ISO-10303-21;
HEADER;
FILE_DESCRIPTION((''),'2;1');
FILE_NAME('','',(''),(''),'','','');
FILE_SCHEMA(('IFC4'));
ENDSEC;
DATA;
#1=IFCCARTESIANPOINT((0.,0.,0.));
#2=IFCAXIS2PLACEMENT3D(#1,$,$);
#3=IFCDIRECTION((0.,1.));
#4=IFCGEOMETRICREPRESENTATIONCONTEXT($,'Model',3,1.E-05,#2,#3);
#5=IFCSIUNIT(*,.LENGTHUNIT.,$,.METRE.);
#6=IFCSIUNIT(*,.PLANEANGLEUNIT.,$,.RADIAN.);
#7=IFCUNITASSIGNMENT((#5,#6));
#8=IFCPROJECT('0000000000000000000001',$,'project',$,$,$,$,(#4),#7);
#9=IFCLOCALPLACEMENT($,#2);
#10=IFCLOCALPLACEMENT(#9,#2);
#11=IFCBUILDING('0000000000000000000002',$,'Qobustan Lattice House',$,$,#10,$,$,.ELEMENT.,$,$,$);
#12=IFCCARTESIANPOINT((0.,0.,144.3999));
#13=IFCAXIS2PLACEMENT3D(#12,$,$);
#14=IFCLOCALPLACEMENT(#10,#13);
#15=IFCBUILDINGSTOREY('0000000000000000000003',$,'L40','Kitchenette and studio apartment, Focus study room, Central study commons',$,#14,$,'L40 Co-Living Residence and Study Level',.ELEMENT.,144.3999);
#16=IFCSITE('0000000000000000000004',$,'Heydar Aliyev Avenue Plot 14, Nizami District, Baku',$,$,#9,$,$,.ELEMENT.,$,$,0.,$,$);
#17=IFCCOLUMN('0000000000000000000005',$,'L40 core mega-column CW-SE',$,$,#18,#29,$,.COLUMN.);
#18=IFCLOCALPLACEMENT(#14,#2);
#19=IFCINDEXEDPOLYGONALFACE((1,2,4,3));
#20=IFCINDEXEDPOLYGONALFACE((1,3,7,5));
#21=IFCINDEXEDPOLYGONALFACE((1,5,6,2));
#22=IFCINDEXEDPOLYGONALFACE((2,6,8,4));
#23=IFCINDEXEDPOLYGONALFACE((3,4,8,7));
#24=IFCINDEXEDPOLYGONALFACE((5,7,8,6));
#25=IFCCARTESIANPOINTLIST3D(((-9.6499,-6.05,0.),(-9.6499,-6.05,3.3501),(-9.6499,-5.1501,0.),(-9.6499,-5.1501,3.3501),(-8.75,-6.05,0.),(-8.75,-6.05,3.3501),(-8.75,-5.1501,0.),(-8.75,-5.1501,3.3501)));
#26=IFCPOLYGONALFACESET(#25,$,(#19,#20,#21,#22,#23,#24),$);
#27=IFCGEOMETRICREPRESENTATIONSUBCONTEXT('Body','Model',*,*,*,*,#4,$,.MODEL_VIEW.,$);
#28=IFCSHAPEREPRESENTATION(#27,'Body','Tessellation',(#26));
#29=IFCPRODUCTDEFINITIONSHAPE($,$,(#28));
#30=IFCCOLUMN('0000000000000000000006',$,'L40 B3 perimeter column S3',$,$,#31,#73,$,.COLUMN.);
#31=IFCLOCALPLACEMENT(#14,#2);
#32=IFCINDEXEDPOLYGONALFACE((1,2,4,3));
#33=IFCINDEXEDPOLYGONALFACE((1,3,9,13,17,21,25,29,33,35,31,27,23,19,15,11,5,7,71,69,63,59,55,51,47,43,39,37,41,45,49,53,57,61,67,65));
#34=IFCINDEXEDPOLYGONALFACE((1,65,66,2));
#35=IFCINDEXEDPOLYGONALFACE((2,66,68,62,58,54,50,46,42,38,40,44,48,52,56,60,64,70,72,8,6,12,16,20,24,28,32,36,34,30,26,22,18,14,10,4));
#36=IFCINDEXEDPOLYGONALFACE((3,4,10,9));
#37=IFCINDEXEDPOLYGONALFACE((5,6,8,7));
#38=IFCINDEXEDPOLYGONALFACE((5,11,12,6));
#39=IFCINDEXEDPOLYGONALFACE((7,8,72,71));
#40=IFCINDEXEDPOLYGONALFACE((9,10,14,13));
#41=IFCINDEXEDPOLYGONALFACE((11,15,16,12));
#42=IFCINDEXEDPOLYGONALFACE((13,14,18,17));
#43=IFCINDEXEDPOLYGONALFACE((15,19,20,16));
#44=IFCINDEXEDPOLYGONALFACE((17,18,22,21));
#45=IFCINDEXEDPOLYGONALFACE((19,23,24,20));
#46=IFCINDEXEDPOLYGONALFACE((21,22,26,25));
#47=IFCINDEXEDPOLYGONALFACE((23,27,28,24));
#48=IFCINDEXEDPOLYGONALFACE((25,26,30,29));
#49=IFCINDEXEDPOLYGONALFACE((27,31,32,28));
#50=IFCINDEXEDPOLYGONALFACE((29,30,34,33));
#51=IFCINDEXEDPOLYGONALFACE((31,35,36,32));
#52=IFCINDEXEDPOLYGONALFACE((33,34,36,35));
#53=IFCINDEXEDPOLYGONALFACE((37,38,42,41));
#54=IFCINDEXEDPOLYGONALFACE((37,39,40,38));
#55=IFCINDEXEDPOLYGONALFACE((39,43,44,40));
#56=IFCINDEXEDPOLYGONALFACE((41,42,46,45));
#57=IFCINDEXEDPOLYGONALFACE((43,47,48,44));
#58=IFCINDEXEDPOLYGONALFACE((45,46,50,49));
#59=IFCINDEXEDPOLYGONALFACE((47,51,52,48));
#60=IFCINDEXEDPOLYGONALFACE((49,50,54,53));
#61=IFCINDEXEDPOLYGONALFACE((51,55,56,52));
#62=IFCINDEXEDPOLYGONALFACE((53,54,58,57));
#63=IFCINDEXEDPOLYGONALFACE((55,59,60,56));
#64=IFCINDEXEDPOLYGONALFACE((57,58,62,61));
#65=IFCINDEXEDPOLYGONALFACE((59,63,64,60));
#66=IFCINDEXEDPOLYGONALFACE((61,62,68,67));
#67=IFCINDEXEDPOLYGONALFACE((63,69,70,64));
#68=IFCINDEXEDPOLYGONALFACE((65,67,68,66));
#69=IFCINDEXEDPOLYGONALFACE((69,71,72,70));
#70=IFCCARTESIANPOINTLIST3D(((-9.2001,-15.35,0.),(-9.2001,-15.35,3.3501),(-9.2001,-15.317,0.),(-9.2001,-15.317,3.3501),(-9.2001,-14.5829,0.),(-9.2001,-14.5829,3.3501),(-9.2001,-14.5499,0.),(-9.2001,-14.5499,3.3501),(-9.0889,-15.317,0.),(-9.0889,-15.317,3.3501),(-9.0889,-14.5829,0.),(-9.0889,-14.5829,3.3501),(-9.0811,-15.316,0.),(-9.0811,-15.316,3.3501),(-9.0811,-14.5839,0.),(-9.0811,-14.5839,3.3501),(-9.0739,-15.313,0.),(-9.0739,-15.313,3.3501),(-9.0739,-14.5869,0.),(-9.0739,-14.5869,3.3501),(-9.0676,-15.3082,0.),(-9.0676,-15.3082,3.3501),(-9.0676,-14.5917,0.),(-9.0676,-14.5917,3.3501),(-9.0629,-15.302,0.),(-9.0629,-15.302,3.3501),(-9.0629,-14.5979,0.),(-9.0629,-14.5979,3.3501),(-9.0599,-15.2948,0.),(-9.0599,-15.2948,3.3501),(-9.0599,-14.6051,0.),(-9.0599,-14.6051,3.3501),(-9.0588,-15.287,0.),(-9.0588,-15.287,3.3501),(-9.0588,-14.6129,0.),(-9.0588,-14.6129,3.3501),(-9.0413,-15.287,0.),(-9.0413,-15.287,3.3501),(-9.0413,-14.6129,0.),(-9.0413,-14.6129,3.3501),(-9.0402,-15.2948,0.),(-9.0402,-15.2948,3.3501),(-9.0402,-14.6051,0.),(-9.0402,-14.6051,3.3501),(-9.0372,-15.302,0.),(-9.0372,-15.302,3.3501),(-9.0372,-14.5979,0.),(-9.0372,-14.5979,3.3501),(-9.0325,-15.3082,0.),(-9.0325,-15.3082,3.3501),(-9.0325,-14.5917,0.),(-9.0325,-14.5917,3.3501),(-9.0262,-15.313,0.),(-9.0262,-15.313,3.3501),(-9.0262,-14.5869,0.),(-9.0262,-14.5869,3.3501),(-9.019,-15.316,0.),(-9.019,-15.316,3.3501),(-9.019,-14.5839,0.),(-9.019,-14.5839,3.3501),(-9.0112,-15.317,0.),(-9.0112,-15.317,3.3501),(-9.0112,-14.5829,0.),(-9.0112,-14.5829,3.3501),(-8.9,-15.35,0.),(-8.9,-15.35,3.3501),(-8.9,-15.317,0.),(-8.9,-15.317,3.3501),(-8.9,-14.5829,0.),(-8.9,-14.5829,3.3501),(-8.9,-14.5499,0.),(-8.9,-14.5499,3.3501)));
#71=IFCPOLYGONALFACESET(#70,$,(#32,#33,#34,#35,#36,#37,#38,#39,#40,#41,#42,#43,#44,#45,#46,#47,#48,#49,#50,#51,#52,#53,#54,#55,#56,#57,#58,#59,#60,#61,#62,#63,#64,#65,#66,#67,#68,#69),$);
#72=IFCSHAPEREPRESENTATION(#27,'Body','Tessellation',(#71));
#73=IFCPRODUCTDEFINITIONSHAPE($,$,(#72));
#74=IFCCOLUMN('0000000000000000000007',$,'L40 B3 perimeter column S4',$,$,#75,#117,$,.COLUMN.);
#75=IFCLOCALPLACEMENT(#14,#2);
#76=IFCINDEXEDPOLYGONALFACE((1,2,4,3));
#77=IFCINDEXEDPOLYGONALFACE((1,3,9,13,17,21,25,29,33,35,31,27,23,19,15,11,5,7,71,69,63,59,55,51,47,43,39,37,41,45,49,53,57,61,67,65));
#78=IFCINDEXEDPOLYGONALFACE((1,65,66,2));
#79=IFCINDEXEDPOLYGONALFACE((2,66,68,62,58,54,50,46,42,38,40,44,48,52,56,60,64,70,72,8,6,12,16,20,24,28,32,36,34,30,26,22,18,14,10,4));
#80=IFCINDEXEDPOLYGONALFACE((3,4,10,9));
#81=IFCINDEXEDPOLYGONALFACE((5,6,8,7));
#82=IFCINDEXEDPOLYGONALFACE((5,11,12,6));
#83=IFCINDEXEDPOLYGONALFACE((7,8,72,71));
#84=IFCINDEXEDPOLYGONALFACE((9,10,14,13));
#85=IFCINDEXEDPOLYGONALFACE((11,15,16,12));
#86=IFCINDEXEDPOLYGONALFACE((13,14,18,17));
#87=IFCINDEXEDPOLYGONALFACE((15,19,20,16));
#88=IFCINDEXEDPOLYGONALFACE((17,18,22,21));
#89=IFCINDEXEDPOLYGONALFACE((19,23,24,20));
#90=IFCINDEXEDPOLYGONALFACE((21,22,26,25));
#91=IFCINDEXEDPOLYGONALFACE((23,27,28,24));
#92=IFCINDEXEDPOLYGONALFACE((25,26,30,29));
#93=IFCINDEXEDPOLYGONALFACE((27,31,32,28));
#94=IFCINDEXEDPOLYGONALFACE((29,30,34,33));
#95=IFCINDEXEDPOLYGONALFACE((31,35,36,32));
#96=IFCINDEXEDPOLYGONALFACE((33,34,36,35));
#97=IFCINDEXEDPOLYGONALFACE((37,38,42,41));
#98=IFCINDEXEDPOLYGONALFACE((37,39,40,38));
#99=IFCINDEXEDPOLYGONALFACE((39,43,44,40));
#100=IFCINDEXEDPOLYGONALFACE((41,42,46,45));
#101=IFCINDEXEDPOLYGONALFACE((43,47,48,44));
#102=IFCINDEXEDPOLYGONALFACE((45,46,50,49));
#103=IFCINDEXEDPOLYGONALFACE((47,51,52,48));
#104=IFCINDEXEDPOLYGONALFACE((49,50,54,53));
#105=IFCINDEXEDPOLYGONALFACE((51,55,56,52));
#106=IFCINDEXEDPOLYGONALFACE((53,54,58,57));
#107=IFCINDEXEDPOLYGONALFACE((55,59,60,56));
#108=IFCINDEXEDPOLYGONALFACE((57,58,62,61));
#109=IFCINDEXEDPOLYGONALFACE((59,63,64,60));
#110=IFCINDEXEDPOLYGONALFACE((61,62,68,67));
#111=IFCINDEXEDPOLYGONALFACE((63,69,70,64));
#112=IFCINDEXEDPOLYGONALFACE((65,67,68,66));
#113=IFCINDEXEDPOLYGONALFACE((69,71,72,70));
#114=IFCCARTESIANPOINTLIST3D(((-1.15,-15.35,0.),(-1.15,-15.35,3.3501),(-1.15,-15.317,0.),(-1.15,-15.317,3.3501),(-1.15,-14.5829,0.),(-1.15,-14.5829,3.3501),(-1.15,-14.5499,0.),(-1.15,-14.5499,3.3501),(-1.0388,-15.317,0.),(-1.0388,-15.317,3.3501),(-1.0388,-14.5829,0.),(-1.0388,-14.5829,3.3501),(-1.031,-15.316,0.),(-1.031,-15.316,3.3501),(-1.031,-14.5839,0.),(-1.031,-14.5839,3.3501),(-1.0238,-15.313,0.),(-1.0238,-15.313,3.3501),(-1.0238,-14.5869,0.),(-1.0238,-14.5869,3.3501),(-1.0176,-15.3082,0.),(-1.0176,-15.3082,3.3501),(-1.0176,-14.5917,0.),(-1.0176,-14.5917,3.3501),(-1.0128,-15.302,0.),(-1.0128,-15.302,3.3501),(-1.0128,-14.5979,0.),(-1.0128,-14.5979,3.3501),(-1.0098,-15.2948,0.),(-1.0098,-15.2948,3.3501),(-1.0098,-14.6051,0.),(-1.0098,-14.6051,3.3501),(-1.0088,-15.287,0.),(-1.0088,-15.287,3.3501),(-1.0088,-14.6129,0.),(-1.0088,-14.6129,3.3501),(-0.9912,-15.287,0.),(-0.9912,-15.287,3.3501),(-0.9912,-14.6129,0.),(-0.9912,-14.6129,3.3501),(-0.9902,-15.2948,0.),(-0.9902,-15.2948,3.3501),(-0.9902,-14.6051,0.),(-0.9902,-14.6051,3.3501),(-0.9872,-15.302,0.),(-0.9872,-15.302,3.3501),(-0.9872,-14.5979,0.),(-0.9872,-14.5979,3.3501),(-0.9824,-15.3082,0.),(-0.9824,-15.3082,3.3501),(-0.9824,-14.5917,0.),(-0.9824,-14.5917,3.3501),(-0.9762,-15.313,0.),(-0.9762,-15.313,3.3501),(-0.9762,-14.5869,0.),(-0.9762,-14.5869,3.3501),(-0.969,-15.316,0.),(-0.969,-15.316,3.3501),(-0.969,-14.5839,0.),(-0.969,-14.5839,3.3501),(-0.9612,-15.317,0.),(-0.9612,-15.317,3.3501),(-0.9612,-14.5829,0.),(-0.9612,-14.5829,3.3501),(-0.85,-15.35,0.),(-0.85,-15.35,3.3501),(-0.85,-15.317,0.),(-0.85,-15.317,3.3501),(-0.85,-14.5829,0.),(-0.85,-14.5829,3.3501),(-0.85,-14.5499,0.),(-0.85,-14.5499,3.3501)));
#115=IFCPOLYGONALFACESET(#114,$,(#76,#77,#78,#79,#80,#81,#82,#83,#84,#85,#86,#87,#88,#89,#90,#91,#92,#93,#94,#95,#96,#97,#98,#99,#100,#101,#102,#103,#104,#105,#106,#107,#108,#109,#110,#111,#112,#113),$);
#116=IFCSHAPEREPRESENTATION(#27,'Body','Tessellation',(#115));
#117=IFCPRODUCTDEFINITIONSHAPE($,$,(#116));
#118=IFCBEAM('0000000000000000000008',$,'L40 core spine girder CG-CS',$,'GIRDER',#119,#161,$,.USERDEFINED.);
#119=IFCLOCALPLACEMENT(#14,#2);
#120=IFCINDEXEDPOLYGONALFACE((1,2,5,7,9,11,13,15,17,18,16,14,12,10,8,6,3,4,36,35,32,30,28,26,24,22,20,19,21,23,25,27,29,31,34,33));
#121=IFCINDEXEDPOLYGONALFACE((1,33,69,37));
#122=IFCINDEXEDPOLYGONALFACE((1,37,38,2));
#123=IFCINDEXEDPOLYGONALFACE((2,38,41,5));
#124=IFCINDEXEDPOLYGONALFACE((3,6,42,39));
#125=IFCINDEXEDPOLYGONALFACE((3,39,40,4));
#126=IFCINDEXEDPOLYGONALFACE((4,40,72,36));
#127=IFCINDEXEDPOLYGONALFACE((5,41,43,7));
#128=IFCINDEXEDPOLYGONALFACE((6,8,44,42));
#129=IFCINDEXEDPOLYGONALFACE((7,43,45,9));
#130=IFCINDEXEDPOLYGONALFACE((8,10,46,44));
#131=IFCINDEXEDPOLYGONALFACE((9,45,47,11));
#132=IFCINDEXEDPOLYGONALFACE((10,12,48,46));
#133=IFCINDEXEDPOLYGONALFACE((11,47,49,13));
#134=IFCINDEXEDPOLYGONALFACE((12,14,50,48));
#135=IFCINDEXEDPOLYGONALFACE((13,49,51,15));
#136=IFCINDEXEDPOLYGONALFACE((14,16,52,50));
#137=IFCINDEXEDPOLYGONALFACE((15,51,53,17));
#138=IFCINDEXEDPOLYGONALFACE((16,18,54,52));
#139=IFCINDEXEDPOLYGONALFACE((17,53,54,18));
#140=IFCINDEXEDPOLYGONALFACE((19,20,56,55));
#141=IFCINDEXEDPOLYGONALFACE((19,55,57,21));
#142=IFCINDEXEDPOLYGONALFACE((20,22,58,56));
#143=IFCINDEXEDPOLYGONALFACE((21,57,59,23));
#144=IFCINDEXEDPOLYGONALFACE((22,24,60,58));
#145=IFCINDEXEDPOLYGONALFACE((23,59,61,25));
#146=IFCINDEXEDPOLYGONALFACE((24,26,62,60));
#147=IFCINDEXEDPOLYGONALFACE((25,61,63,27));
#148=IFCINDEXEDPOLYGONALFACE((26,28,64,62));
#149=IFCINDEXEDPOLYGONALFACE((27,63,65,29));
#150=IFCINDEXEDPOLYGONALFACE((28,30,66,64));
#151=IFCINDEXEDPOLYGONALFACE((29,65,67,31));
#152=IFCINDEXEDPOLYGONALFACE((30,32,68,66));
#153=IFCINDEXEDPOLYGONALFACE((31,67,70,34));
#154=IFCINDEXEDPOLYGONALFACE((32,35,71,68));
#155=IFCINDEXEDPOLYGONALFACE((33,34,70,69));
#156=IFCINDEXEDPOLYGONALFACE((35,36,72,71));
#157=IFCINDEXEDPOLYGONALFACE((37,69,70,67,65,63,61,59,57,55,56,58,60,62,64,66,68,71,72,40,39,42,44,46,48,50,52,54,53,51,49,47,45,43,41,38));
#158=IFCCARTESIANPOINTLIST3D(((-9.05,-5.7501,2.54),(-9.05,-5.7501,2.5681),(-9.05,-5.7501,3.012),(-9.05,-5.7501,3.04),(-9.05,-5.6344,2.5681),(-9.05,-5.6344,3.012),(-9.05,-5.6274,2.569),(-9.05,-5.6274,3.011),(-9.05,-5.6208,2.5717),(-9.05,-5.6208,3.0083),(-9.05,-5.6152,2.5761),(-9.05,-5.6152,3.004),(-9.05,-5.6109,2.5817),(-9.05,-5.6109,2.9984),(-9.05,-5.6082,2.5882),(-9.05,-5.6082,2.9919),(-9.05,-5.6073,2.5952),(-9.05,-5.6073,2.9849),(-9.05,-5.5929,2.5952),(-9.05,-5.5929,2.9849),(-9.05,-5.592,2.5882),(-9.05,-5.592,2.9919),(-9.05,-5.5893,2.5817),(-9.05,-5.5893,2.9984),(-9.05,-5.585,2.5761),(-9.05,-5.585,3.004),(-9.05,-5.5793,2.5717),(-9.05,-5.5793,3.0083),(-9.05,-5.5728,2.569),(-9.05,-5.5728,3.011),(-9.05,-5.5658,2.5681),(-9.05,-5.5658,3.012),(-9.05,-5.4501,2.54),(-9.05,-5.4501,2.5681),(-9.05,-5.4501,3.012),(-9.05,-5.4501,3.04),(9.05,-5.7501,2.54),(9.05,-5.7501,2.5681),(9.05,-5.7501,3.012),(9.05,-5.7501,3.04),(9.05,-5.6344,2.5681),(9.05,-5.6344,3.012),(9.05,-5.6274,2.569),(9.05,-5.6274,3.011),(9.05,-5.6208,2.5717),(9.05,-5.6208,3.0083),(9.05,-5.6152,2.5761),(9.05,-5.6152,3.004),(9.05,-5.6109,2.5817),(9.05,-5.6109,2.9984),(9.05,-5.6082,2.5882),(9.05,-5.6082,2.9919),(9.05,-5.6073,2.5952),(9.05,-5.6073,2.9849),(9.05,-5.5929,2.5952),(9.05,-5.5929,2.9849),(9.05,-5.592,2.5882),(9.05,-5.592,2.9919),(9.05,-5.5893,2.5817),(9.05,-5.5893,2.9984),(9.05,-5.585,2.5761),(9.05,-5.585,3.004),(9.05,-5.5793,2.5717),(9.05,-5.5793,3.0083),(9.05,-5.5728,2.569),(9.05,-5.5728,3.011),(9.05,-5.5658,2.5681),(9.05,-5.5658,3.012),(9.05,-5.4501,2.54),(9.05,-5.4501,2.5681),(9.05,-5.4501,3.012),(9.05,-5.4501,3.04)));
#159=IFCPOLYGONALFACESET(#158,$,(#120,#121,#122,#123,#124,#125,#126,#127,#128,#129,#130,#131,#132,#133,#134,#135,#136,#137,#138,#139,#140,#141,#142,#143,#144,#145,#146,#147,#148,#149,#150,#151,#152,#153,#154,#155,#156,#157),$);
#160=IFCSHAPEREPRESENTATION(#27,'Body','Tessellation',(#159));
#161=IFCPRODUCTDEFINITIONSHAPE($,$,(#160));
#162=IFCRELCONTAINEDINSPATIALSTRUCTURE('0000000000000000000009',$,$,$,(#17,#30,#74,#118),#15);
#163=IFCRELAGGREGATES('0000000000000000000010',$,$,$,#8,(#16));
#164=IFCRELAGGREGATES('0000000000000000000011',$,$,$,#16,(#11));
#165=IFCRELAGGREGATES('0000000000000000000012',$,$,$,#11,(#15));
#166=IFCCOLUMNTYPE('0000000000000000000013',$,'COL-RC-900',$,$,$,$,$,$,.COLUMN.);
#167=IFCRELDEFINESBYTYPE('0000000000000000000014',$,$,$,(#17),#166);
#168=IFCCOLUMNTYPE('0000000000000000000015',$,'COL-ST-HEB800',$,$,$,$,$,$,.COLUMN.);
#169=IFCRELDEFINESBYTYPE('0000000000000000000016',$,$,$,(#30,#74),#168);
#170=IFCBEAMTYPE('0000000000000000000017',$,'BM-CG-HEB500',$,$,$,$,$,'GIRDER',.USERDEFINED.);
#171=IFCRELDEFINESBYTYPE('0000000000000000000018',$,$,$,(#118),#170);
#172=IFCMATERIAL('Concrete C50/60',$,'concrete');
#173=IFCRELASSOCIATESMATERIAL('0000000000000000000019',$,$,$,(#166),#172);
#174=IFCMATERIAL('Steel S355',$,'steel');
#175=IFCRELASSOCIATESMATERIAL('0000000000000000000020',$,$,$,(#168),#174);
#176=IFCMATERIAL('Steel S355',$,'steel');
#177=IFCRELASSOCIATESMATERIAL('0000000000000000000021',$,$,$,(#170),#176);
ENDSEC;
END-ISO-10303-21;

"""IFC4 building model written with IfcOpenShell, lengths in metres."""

from ifc_helpers import new_model, si_unit, direction, frame, origin, origin_2d, place, context, subcontext, project, spatial, rectangle, i_section, extrude, material, material_profile, profile_set, type_object, element, save


model = new_model("IFC4")

# Units and contexts
model_context = context("Model", 3, precision=1e-05, world=origin(), true_north=direction((0.0, 1.0)))
body_context = subcontext(model_context, "Body", "Model", "MODEL_VIEW")
ifc_project = project(units=[si_unit("LENGTHUNIT", "METRE"), si_unit("PLANEANGLEUNIT", "RADIAN")], contexts=[model_context])

# Site, building, storey
site_placement = place(None, origin())
site = spatial("IfcSite", under=ifc_project, at=site_placement, Name="Heydar Aliyev Avenue Plot 14, Nizami District, Baku", CompositionType="ELEMENT", RefElevation=0.0)
building_placement = place(site_placement, origin())
building = spatial("IfcBuilding", under=site, at=building_placement, Name="Qobustan Lattice House", CompositionType="ELEMENT")
storey_placement = place(building_placement, frame((0.0, 0.0, 144.3999)))
storey = spatial("IfcBuildingStorey", under=building, at=storey_placement, Name="L40", Description="Kitchenette and studio apartment, Focus study room, Central study commons", LongName="L40 Co-Living Residence and Study Level", CompositionType="ELEMENT", Elevation=144.3999)

# Columns
ifc_material_1 = material(Name="Concrete C50/60", Category="concrete")
ifc_material_profile_1 = material_profile(ifc_material_1, rectangle(XDim=0.8999, YDim=0.8999, at=origin_2d()), Name="RC900x900")
ifc_profile_set_1 = profile_set([ifc_material_profile_1], Name="Concrete C50/60")
column_type_1 = type_object("IfcColumnType", Name="COL-RC-900", PredefinedType="COLUMN", material=ifc_profile_set_1)
column_placement = place(storey_placement, frame((-9.2, -5.6001, 0.0), z_axis=(0.0, 0.0, 1.0), x_axis=(1.0, 0.0, 0.0)))
element("IfcColumn", 1, at=column_placement, inside=storey, type_object=column_type_1, Name="L40 core mega-column CW-SE", PredefinedType="COLUMN", context=body_context, shape_type="SweptSolid", body=[
    extrude(rectangle(XDim=0.8999, YDim=0.8999, at=origin_2d()), origin(), (0.0, 0.0, 1.0), 3.3501),
])
ifc_material_2 = material(Name="Steel S355", Category="steel")
ifc_material_profile_2 = material_profile(ifc_material_2, i_section(OverallWidth=0.3, OverallDepth=0.8, WebThickness=0.0176, FlangeThickness=0.033, FilletRadius=0.03, at=origin_2d()), Name="HEB800")
ifc_profile_set_2 = profile_set([ifc_material_profile_2], Name="Steel S355")
column_type_2 = type_object("IfcColumnType", Name="COL-ST-HEB800", PredefinedType="COLUMN", material=ifc_profile_set_2)
for number, where, z_axis, x_axis, name in (
    (2, (-9.05, -14.95, 0.0), (0.0, 0.0, 1.0), (1.0, 0.0, 0.0), "L40 B3 perimeter column S3"),
    (3, (-1.0, -14.95, 0.0), (0.0, 0.0, 1.0), (1.0, 0.0, 0.0), "L40 B3 perimeter column S4"),
):
    element("IfcColumn", number, at=place(storey_placement, frame(where, z_axis=z_axis, x_axis=x_axis)), inside=storey, type_object=column_type_2, Name=name, PredefinedType="COLUMN", context=body_context, shape_type="SweptSolid", body=[
        extrude(i_section(OverallWidth=0.3, OverallDepth=0.8, WebThickness=0.0176, FlangeThickness=0.033, FilletRadius=0.03, at=origin_2d()), origin(), (0.0, 0.0, 1.0), 3.3501),
    ])

# Beam
ifc_material_3 = material(Name="Steel S355", Category="steel")
ifc_material_profile_3 = material_profile(ifc_material_3, i_section(OverallWidth=0.3, OverallDepth=0.5, WebThickness=0.0144, FlangeThickness=0.0281, FilletRadius=0.0271, at=origin_2d()), Name="HEB500")
ifc_profile_set_3 = profile_set([ifc_material_profile_3], Name="Steel S355")
beam_type_1 = type_object("IfcBeamType", Name="BM-CG-HEB500", ElementType="GIRDER", PredefinedType="USERDEFINED", material=ifc_profile_set_3)
beam_1_placement = place(storey_placement, frame((-9.05, -5.6001, 2.79), z_axis=(1.0, 0.0, 0.0), x_axis=(0.0, 1.0, 0.0)))
element("IfcBeam", 4, at=beam_1_placement, inside=storey, type_object=beam_type_1, Name="L40 core spine girder CG-CS", ObjectType="GIRDER", PredefinedType="USERDEFINED", context=body_context, shape_type="SweptSolid", body=[
    extrude(i_section(OverallWidth=0.3, OverallDepth=0.5, WebThickness=0.0144, FlangeThickness=0.0281, FilletRadius=0.0271, at=origin_2d()), origin(), (0.0, 0.0, 1.0), 18.1001),
])

save(model, "model.ifc")
